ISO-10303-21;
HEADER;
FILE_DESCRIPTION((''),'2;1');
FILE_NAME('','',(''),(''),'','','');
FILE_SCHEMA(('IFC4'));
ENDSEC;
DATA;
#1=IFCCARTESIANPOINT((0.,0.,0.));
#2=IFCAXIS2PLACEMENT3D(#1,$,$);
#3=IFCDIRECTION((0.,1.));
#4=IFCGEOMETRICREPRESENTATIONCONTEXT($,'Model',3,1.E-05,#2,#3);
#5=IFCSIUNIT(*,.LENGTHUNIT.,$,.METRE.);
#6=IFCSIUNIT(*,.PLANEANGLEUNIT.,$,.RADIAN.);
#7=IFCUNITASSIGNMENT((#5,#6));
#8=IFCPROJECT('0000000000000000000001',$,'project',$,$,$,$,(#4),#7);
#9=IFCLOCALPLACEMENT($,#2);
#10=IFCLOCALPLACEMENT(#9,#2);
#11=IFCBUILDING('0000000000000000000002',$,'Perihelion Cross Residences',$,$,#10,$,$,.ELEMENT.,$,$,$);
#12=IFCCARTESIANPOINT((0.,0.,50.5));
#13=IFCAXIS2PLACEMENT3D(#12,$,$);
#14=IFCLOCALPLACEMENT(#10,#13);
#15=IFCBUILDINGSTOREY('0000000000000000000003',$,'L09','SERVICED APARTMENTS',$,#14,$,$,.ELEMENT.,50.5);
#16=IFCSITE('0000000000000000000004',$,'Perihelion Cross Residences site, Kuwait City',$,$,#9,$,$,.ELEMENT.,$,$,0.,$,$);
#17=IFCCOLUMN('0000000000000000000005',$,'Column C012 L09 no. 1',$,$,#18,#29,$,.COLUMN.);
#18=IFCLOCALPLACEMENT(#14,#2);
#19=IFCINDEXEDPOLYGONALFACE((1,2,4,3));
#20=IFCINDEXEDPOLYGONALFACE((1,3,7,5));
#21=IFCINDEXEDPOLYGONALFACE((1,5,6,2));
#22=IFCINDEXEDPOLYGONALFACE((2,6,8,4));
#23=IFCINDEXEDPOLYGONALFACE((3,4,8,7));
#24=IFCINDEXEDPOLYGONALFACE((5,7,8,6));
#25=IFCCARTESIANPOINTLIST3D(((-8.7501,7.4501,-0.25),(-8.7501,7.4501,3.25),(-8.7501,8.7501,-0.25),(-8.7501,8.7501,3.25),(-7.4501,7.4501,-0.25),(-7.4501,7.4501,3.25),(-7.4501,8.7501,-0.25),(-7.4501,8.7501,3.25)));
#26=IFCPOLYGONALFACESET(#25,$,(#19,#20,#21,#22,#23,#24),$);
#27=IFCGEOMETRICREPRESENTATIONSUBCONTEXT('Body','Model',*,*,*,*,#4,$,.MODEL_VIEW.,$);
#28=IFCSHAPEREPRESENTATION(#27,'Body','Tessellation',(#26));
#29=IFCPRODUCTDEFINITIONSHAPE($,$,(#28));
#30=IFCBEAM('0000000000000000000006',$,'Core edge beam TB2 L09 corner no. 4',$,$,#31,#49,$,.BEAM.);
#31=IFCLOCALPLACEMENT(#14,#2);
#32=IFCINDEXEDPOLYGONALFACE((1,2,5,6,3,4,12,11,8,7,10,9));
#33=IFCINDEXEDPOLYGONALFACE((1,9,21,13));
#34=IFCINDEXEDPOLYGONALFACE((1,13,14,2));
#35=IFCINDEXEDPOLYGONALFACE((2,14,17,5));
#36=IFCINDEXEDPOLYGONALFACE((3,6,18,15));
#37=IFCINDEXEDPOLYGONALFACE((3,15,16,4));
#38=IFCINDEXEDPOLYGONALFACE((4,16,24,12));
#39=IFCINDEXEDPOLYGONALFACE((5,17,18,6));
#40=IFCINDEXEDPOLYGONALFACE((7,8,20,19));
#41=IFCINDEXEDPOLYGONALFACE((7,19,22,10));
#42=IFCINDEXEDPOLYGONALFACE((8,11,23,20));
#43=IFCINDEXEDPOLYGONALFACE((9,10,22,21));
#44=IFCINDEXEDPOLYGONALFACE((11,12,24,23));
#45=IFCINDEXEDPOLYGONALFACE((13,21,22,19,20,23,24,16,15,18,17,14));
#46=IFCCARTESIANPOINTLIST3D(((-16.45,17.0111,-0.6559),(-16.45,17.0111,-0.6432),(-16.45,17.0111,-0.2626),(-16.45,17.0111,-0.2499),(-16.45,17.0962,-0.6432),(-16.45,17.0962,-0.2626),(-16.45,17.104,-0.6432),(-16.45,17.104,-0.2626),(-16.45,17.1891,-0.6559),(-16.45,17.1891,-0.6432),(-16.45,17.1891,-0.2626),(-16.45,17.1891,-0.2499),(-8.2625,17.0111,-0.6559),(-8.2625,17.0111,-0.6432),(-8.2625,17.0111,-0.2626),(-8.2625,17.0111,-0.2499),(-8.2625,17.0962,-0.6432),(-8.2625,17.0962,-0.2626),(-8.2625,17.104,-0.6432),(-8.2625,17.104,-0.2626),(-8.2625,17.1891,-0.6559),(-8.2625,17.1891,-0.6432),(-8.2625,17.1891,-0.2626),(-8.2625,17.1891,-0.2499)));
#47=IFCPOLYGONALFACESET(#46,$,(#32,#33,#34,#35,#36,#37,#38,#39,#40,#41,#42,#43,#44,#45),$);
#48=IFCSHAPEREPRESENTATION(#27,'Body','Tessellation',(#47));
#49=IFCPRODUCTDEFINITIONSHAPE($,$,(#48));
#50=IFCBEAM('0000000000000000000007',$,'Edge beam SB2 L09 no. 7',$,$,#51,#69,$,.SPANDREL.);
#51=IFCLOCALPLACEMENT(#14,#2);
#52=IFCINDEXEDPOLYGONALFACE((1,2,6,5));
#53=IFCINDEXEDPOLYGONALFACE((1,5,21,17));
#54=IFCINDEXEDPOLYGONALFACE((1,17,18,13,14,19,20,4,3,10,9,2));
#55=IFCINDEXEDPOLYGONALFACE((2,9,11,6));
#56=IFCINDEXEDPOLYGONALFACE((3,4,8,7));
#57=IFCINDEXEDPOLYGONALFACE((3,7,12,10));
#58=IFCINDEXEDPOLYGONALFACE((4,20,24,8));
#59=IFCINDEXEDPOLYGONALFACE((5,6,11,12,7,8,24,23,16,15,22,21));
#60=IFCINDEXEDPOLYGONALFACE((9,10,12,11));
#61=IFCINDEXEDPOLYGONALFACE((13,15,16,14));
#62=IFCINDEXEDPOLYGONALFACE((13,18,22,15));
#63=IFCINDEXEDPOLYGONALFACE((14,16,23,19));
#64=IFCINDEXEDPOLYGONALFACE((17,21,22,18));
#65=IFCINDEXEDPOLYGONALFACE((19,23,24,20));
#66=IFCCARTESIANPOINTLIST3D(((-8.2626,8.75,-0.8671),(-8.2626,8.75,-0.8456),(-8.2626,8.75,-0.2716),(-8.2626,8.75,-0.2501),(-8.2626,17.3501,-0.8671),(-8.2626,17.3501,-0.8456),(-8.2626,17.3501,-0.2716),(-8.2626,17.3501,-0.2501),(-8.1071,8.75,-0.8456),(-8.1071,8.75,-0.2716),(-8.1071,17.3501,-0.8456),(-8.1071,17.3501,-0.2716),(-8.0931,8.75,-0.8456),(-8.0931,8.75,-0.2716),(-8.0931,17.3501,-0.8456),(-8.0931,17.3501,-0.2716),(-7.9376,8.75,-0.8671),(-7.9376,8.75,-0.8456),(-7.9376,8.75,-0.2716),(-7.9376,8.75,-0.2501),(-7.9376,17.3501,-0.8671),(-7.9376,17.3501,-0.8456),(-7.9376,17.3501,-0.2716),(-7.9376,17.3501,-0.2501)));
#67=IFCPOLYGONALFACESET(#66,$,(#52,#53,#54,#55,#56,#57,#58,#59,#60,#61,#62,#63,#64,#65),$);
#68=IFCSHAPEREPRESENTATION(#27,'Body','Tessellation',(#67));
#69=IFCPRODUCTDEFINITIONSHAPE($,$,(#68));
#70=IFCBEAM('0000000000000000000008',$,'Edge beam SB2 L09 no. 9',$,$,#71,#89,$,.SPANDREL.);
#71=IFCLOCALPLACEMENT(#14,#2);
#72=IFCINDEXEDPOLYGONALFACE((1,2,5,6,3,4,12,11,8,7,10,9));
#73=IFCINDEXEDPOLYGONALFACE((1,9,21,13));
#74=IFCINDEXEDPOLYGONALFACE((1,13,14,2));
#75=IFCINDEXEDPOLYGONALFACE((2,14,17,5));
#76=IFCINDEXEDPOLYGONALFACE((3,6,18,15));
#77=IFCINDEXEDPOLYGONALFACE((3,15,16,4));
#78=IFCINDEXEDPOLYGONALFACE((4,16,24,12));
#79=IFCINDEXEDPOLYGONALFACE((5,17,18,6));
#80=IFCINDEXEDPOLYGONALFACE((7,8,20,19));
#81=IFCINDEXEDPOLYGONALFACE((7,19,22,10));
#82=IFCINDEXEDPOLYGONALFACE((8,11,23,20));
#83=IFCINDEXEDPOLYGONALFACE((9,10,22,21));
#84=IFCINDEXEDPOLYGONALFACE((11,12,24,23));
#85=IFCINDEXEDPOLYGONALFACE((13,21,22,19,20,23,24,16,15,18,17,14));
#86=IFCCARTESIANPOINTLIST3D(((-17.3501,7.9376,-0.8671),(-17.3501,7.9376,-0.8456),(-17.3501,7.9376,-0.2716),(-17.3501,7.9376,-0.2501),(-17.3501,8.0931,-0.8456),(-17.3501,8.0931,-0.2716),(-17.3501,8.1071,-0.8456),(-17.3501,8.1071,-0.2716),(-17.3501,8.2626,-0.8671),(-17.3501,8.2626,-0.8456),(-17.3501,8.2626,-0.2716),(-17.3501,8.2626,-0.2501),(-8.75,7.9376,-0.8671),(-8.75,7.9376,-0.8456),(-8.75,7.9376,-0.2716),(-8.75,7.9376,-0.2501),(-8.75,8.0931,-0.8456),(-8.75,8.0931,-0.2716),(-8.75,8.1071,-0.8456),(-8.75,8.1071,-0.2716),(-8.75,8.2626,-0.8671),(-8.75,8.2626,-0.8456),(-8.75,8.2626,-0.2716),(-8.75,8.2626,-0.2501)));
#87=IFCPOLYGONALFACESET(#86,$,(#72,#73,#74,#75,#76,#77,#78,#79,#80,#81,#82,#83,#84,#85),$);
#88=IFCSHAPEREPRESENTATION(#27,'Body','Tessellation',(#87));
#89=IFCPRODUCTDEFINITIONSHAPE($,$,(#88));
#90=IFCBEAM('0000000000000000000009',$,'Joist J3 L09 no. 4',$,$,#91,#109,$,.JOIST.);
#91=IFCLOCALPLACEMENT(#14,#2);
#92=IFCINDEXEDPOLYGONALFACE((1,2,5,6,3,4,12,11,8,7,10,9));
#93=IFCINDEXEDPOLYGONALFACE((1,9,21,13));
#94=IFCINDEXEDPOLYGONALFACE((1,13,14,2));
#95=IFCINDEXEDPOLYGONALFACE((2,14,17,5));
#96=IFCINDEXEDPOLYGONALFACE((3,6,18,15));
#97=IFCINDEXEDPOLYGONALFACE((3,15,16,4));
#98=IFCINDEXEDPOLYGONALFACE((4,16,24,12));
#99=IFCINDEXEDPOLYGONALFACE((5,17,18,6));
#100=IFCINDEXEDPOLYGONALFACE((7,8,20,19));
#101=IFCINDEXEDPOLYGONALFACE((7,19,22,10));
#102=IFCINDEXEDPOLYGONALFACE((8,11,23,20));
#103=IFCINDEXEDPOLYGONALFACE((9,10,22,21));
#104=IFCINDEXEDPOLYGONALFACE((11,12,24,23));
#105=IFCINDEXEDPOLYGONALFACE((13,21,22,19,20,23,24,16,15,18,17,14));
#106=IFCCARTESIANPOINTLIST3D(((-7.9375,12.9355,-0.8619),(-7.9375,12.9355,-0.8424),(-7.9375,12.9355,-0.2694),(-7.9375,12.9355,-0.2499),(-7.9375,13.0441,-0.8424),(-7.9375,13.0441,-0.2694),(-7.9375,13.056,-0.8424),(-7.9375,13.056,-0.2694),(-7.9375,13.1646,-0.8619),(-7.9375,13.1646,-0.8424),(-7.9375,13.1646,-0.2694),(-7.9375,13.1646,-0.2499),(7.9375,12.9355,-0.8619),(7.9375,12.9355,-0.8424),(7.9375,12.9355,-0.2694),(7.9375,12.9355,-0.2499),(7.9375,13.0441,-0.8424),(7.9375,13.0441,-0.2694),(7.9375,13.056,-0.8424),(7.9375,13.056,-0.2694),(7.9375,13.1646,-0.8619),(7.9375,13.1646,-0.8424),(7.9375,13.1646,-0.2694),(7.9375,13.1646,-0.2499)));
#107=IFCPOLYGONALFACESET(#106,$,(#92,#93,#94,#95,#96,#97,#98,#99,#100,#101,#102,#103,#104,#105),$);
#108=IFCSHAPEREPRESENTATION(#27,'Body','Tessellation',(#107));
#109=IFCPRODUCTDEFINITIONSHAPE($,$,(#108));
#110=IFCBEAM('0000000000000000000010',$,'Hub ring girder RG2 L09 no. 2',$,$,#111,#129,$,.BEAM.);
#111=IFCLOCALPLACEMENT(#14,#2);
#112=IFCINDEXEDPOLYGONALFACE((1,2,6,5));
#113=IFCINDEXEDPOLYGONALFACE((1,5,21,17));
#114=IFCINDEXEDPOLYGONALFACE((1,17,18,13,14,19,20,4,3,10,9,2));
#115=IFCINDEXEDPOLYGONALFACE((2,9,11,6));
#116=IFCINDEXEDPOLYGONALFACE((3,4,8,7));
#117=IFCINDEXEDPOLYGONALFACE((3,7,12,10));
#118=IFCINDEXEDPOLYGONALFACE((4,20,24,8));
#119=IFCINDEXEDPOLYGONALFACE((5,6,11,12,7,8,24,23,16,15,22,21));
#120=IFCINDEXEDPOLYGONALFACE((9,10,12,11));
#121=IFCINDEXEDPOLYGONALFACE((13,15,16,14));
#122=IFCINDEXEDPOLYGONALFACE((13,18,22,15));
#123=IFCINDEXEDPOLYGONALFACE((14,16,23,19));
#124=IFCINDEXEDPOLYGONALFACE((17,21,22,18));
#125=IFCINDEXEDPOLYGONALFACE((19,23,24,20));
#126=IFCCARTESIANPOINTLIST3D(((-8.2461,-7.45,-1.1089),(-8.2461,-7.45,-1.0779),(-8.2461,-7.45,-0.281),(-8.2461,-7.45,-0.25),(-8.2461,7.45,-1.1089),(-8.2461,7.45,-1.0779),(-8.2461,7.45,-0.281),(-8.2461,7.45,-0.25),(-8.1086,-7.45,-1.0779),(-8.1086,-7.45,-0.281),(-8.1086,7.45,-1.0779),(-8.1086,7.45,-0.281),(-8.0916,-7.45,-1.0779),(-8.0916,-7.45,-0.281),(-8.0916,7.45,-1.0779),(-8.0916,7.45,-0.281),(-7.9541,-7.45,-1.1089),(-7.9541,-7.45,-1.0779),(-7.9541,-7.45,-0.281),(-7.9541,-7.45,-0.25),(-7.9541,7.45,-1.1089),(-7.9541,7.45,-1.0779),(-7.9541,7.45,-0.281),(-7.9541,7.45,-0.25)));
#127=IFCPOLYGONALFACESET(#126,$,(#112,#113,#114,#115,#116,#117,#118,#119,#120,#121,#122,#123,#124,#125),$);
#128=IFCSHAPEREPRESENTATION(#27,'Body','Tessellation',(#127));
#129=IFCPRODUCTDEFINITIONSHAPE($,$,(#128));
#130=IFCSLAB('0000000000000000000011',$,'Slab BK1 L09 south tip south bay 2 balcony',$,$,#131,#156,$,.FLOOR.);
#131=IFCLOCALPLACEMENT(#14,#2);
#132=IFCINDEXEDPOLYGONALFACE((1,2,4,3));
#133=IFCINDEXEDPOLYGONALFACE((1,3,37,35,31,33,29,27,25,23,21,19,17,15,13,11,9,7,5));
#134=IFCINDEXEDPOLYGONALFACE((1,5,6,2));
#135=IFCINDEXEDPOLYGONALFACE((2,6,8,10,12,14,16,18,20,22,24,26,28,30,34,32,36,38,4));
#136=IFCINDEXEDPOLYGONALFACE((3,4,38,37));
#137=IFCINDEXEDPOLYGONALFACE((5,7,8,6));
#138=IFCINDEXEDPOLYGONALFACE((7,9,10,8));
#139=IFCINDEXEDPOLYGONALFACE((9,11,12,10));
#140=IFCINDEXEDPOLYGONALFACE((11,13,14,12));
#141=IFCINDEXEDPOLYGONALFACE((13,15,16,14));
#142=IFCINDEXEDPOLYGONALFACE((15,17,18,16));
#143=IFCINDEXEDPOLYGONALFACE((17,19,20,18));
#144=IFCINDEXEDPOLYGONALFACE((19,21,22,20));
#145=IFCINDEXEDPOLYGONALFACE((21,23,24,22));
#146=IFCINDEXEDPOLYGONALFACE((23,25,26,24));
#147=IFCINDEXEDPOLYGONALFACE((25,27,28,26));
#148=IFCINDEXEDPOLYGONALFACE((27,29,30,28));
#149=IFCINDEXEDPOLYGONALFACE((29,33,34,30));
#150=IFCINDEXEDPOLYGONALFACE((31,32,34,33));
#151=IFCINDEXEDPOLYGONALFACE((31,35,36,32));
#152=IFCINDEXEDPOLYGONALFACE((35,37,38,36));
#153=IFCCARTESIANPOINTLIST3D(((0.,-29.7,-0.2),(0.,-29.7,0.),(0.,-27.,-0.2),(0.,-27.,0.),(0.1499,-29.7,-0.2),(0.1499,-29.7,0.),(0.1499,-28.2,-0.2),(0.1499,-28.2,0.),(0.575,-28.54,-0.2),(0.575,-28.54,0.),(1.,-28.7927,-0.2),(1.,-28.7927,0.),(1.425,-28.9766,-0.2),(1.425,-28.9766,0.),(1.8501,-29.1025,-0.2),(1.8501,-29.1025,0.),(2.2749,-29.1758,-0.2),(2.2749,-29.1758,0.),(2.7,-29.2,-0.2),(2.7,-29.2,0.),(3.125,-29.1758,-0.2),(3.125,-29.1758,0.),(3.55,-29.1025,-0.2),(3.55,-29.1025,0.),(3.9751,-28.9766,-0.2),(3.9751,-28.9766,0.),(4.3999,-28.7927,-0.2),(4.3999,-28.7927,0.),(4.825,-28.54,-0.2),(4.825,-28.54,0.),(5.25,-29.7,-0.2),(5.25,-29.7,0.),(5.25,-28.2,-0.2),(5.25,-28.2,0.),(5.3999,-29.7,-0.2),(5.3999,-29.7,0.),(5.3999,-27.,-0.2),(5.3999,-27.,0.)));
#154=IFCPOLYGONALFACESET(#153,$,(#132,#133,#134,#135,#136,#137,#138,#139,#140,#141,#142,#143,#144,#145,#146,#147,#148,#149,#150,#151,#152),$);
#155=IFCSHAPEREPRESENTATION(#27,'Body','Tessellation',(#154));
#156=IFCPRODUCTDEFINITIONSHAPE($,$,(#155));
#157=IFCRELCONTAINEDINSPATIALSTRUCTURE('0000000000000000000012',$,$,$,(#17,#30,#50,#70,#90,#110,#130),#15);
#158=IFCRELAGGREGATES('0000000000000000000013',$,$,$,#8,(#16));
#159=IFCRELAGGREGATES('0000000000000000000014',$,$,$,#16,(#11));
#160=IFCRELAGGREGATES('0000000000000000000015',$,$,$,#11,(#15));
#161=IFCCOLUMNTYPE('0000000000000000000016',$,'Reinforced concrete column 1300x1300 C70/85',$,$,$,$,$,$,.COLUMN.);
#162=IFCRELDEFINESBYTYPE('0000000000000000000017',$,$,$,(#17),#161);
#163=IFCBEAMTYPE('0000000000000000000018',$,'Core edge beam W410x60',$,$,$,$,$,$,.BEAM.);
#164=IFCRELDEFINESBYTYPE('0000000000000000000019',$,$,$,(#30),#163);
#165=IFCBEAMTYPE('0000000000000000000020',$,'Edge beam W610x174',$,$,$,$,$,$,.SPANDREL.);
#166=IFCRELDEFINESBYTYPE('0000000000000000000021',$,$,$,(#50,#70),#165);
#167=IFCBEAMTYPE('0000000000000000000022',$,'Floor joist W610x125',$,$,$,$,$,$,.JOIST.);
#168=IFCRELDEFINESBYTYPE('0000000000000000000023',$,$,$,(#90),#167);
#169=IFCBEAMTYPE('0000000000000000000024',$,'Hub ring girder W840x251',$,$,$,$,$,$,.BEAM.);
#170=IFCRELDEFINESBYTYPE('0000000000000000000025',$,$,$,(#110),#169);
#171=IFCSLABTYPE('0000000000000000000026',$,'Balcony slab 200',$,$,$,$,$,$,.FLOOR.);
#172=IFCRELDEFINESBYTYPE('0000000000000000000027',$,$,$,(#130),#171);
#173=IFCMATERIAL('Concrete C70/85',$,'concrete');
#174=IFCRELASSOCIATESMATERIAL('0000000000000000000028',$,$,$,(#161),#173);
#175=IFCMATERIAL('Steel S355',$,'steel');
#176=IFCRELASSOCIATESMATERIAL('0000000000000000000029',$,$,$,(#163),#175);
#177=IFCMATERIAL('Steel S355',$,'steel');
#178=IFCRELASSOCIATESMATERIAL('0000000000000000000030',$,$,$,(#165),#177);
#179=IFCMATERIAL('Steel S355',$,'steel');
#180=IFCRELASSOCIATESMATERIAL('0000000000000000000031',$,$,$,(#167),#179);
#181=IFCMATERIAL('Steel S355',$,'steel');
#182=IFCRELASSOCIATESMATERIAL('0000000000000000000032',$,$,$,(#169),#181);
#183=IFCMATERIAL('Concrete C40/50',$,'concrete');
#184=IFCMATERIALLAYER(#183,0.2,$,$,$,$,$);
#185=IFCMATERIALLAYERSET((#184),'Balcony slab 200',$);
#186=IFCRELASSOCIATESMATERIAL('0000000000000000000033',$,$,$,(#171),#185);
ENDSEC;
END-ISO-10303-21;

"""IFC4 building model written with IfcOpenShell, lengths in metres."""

from ifc_helpers import new_model, si_unit, direction, frame, origin, origin_2d, place, context, subcontext, project, spatial, polyline, rectangle, i_section, outline, extrude, material, layer, layer_set, material_profile, profile_set, type_object, element, save


model = new_model("IFC4")

# Units and contexts
model_context = context("Model", 3, precision=1e-05, world=origin(), true_north=direction((0.0, 1.0)))
body_context = subcontext(model_context, "Body", "Model", "MODEL_VIEW")
ifc_project = project(units=[si_unit("LENGTHUNIT", "METRE"), si_unit("PLANEANGLEUNIT", "RADIAN")], contexts=[model_context])

# Site, building, storey
site_placement = place(None, origin())
site = spatial("IfcSite", under=ifc_project, at=site_placement, Name="Perihelion Cross Residences site, Kuwait City", CompositionType="ELEMENT", RefElevation=0.0)
building_placement = place(site_placement, origin())
building = spatial("IfcBuilding", under=site, at=building_placement, Name="Perihelion Cross Residences", CompositionType="ELEMENT")
storey_placement = place(building_placement, frame((0.0, 0.0, 50.5)))
storey = spatial("IfcBuildingStorey", under=building, at=storey_placement, Name="L09", Description="SERVICED APARTMENTS", CompositionType="ELEMENT", Elevation=50.5)

# Column
ifc_material_1 = material(Name="Concrete C70/85", Category="concrete")
ifc_material_profile_1 = material_profile(ifc_material_1, rectangle(XDim=1.3, YDim=1.3, at=origin_2d()), Name="RC 1300x1300")
ifc_profile_set_1 = profile_set([ifc_material_profile_1], Name="Concrete C70/85")
column_type = type_object("IfcColumnType", Name="Reinforced concrete column 1300x1300 C70/85", PredefinedType="COLUMN", material=ifc_profile_set_1)
column_placement = place(storey_placement, frame((-8.1001, 8.1001, -0.25), z_axis=(0.0, 0.0, 1.0), x_axis=(1.0, 0.0, 0.0)))
element("IfcColumn", 1, at=column_placement, inside=storey, type_object=column_type, Name="Column C012 L09 no. 1", PredefinedType="COLUMN", context=body_context, shape_type="SweptSolid", body=[
    extrude(rectangle(XDim=1.3, YDim=1.3, at=origin_2d()), origin(), (0.0, 0.0, 1.0), 3.5),
])

# Beams
ifc_material_2 = material(Name="Steel S355", Category="steel")
ifc_material_profile_2 = material_profile(ifc_material_2, i_section(OverallWidth=0.178, OverallDepth=0.406, WebThickness=0.0078, FlangeThickness=0.0127, at=origin_2d()), Name="W410x60")
ifc_profile_set_2 = profile_set([ifc_material_profile_2], Name="Steel S355")
beam_type_1 = type_object("IfcBeamType", Name="Core edge beam W410x60", PredefinedType="BEAM", material=ifc_profile_set_2)
beam_1_placement = place(storey_placement, frame((-8.2625, 17.1001, -0.4529), z_axis=(-1.0, 0.0, 0.0), x_axis=(0.0, -1.0, 0.0)))
element("IfcBeam", 2, at=beam_1_placement, inside=storey, type_object=beam_type_1, Name="Core edge beam TB2 L09 corner no. 4", PredefinedType="BEAM", context=body_context, shape_type="SweptSolid", body=[
    extrude(i_section(OverallWidth=0.178, OverallDepth=0.406, WebThickness=0.0078, FlangeThickness=0.0127, at=origin_2d()), origin(), (0.0, 0.0, 1.0), 8.1875),
])
ifc_material_3 = material(Name="Steel S355", Category="steel")
ifc_material_profile_3 = material_profile(ifc_material_3, i_section(OverallWidth=0.325, OverallDepth=0.6169, WebThickness=0.0139, FlangeThickness=0.0215, at=origin_2d()), Name="W610x174")
ifc_profile_set_3 = profile_set([ifc_material_profile_3], Name="Steel S355")
beam_type_2 = type_object("IfcBeamType", Name="Edge beam W610x174", PredefinedType="SPANDREL", material=ifc_profile_set_3)
for number, where, z_axis, x_axis, name in (
    (3, (-8.1001, 17.3501, -0.5586), (0.0, -1.0, 0.0), (1.0, 0.0, 0.0), "Edge beam SB2 L09 no. 7"),
    (4, (-8.75, 8.1001, -0.5586), (-1.0, 0.0, 0.0), (0.0, -1.0, 0.0), "Edge beam SB2 L09 no. 9"),
):
    element("IfcBeam", number, at=place(storey_placement, frame(where, z_axis=z_axis, x_axis=x_axis)), inside=storey, type_object=beam_type_2, Name=name, PredefinedType="SPANDREL", context=body_context, shape_type="SweptSolid", body=[
        extrude(i_section(OverallWidth=0.325, OverallDepth=0.6169, WebThickness=0.0139, FlangeThickness=0.0215, at=origin_2d()), origin(), (0.0, 0.0, 1.0), 8.6001),
    ])
ifc_material_4 = material(Name="Steel S355", Category="steel")
ifc_material_profile_4 = material_profile(ifc_material_4, i_section(OverallWidth=0.229, OverallDepth=0.6121, WebThickness=0.012, FlangeThickness=0.0195, at=origin_2d()), Name="W610x125")
ifc_profile_set_4 = profile_set([ifc_material_profile_4], Name="Steel S355")
beam_type_3 = type_object("IfcBeamType", Name="Floor joist W610x125", PredefinedType="JOIST", material=ifc_profile_set_4)
beam_2_placement = place(storey_placement, frame((-7.9375, 13.05, -0.5559), z_axis=(1.0, 0.0, 0.0), x_axis=(0.0, 1.0, 0.0)))
element("IfcBeam", 5, at=beam_2_placement, inside=storey, type_object=beam_type_3, Name="Joist J3 L09 no. 4", PredefinedType="JOIST", context=body_context, shape_type="SweptSolid", body=[
    extrude(i_section(OverallWidth=0.229, OverallDepth=0.6121, WebThickness=0.012, FlangeThickness=0.0195, at=origin_2d()), origin(), (0.0, 0.0, 1.0), 15.875),
])
ifc_material_5 = material(Name="Steel S355", Category="steel")
ifc_material_profile_5 = material_profile(ifc_material_5, i_section(OverallWidth=0.292, OverallDepth=0.8589, WebThickness=0.0171, FlangeThickness=0.031, at=origin_2d()), Name="W840x251")
ifc_profile_set_5 = profile_set([ifc_material_profile_5], Name="Steel S355")
beam_type_4 = type_object("IfcBeamType", Name="Hub ring girder W840x251", PredefinedType="BEAM", material=ifc_profile_set_5)
beam_3_placement = place(storey_placement, frame((-8.1001, 7.45, -0.6794), z_axis=(0.0, -1.0, 0.0), x_axis=(1.0, 0.0, 0.0)))
element("IfcBeam", 6, at=beam_3_placement, inside=storey, type_object=beam_type_4, Name="Hub ring girder RG2 L09 no. 2", PredefinedType="BEAM", context=body_context, shape_type="SweptSolid", body=[
    extrude(i_section(OverallWidth=0.292, OverallDepth=0.8589, WebThickness=0.0171, FlangeThickness=0.031, at=origin_2d()), origin(), (0.0, 0.0, 1.0), 14.8999),
])

# Slab
ifc_material_6 = material(Name="Concrete C40/50", Category="concrete")
ifc_layer_1 = layer(ifc_material_6, 0.2)
ifc_layer_set_1 = layer_set([ifc_layer_1], Name="Balcony slab 200")
slab_type_1 = type_object("IfcSlabType", Name="Balcony slab 200", PredefinedType="FLOOR", material=ifc_layer_set_1)
slab_1_placement = place(storey_placement, frame((0.0, 0.0, -0.2)))
element("IfcSlab", 7, at=slab_1_placement, inside=storey, type_object=slab_type_1, Name="Slab BK1 L09 south tip south bay 2 balcony", PredefinedType="FLOOR", context=body_context, shape_type="SweptSolid", body=[
    extrude(outline(polyline([(0.0, -27.0), (5.3999, -27.0), (5.3999, -29.7), (5.25, -29.7), (5.25, -28.2), (4.825, -28.54), (4.3999, -28.7927), (3.9751, -28.9766), (3.55, -29.1025), (3.125, -29.1758), (2.7, -29.2), (2.2749, -29.1758), (1.8501, -29.1025), (1.425, -28.9766), (1.0, -28.7927), (0.575, -28.54), (0.1499, -28.2), (0.1499, -29.7), (0.0, -29.7), (0.0, -27.0)])), origin(), (0.0, 0.0, 1.0), 0.2),
])

save(model, "model.ifc")
